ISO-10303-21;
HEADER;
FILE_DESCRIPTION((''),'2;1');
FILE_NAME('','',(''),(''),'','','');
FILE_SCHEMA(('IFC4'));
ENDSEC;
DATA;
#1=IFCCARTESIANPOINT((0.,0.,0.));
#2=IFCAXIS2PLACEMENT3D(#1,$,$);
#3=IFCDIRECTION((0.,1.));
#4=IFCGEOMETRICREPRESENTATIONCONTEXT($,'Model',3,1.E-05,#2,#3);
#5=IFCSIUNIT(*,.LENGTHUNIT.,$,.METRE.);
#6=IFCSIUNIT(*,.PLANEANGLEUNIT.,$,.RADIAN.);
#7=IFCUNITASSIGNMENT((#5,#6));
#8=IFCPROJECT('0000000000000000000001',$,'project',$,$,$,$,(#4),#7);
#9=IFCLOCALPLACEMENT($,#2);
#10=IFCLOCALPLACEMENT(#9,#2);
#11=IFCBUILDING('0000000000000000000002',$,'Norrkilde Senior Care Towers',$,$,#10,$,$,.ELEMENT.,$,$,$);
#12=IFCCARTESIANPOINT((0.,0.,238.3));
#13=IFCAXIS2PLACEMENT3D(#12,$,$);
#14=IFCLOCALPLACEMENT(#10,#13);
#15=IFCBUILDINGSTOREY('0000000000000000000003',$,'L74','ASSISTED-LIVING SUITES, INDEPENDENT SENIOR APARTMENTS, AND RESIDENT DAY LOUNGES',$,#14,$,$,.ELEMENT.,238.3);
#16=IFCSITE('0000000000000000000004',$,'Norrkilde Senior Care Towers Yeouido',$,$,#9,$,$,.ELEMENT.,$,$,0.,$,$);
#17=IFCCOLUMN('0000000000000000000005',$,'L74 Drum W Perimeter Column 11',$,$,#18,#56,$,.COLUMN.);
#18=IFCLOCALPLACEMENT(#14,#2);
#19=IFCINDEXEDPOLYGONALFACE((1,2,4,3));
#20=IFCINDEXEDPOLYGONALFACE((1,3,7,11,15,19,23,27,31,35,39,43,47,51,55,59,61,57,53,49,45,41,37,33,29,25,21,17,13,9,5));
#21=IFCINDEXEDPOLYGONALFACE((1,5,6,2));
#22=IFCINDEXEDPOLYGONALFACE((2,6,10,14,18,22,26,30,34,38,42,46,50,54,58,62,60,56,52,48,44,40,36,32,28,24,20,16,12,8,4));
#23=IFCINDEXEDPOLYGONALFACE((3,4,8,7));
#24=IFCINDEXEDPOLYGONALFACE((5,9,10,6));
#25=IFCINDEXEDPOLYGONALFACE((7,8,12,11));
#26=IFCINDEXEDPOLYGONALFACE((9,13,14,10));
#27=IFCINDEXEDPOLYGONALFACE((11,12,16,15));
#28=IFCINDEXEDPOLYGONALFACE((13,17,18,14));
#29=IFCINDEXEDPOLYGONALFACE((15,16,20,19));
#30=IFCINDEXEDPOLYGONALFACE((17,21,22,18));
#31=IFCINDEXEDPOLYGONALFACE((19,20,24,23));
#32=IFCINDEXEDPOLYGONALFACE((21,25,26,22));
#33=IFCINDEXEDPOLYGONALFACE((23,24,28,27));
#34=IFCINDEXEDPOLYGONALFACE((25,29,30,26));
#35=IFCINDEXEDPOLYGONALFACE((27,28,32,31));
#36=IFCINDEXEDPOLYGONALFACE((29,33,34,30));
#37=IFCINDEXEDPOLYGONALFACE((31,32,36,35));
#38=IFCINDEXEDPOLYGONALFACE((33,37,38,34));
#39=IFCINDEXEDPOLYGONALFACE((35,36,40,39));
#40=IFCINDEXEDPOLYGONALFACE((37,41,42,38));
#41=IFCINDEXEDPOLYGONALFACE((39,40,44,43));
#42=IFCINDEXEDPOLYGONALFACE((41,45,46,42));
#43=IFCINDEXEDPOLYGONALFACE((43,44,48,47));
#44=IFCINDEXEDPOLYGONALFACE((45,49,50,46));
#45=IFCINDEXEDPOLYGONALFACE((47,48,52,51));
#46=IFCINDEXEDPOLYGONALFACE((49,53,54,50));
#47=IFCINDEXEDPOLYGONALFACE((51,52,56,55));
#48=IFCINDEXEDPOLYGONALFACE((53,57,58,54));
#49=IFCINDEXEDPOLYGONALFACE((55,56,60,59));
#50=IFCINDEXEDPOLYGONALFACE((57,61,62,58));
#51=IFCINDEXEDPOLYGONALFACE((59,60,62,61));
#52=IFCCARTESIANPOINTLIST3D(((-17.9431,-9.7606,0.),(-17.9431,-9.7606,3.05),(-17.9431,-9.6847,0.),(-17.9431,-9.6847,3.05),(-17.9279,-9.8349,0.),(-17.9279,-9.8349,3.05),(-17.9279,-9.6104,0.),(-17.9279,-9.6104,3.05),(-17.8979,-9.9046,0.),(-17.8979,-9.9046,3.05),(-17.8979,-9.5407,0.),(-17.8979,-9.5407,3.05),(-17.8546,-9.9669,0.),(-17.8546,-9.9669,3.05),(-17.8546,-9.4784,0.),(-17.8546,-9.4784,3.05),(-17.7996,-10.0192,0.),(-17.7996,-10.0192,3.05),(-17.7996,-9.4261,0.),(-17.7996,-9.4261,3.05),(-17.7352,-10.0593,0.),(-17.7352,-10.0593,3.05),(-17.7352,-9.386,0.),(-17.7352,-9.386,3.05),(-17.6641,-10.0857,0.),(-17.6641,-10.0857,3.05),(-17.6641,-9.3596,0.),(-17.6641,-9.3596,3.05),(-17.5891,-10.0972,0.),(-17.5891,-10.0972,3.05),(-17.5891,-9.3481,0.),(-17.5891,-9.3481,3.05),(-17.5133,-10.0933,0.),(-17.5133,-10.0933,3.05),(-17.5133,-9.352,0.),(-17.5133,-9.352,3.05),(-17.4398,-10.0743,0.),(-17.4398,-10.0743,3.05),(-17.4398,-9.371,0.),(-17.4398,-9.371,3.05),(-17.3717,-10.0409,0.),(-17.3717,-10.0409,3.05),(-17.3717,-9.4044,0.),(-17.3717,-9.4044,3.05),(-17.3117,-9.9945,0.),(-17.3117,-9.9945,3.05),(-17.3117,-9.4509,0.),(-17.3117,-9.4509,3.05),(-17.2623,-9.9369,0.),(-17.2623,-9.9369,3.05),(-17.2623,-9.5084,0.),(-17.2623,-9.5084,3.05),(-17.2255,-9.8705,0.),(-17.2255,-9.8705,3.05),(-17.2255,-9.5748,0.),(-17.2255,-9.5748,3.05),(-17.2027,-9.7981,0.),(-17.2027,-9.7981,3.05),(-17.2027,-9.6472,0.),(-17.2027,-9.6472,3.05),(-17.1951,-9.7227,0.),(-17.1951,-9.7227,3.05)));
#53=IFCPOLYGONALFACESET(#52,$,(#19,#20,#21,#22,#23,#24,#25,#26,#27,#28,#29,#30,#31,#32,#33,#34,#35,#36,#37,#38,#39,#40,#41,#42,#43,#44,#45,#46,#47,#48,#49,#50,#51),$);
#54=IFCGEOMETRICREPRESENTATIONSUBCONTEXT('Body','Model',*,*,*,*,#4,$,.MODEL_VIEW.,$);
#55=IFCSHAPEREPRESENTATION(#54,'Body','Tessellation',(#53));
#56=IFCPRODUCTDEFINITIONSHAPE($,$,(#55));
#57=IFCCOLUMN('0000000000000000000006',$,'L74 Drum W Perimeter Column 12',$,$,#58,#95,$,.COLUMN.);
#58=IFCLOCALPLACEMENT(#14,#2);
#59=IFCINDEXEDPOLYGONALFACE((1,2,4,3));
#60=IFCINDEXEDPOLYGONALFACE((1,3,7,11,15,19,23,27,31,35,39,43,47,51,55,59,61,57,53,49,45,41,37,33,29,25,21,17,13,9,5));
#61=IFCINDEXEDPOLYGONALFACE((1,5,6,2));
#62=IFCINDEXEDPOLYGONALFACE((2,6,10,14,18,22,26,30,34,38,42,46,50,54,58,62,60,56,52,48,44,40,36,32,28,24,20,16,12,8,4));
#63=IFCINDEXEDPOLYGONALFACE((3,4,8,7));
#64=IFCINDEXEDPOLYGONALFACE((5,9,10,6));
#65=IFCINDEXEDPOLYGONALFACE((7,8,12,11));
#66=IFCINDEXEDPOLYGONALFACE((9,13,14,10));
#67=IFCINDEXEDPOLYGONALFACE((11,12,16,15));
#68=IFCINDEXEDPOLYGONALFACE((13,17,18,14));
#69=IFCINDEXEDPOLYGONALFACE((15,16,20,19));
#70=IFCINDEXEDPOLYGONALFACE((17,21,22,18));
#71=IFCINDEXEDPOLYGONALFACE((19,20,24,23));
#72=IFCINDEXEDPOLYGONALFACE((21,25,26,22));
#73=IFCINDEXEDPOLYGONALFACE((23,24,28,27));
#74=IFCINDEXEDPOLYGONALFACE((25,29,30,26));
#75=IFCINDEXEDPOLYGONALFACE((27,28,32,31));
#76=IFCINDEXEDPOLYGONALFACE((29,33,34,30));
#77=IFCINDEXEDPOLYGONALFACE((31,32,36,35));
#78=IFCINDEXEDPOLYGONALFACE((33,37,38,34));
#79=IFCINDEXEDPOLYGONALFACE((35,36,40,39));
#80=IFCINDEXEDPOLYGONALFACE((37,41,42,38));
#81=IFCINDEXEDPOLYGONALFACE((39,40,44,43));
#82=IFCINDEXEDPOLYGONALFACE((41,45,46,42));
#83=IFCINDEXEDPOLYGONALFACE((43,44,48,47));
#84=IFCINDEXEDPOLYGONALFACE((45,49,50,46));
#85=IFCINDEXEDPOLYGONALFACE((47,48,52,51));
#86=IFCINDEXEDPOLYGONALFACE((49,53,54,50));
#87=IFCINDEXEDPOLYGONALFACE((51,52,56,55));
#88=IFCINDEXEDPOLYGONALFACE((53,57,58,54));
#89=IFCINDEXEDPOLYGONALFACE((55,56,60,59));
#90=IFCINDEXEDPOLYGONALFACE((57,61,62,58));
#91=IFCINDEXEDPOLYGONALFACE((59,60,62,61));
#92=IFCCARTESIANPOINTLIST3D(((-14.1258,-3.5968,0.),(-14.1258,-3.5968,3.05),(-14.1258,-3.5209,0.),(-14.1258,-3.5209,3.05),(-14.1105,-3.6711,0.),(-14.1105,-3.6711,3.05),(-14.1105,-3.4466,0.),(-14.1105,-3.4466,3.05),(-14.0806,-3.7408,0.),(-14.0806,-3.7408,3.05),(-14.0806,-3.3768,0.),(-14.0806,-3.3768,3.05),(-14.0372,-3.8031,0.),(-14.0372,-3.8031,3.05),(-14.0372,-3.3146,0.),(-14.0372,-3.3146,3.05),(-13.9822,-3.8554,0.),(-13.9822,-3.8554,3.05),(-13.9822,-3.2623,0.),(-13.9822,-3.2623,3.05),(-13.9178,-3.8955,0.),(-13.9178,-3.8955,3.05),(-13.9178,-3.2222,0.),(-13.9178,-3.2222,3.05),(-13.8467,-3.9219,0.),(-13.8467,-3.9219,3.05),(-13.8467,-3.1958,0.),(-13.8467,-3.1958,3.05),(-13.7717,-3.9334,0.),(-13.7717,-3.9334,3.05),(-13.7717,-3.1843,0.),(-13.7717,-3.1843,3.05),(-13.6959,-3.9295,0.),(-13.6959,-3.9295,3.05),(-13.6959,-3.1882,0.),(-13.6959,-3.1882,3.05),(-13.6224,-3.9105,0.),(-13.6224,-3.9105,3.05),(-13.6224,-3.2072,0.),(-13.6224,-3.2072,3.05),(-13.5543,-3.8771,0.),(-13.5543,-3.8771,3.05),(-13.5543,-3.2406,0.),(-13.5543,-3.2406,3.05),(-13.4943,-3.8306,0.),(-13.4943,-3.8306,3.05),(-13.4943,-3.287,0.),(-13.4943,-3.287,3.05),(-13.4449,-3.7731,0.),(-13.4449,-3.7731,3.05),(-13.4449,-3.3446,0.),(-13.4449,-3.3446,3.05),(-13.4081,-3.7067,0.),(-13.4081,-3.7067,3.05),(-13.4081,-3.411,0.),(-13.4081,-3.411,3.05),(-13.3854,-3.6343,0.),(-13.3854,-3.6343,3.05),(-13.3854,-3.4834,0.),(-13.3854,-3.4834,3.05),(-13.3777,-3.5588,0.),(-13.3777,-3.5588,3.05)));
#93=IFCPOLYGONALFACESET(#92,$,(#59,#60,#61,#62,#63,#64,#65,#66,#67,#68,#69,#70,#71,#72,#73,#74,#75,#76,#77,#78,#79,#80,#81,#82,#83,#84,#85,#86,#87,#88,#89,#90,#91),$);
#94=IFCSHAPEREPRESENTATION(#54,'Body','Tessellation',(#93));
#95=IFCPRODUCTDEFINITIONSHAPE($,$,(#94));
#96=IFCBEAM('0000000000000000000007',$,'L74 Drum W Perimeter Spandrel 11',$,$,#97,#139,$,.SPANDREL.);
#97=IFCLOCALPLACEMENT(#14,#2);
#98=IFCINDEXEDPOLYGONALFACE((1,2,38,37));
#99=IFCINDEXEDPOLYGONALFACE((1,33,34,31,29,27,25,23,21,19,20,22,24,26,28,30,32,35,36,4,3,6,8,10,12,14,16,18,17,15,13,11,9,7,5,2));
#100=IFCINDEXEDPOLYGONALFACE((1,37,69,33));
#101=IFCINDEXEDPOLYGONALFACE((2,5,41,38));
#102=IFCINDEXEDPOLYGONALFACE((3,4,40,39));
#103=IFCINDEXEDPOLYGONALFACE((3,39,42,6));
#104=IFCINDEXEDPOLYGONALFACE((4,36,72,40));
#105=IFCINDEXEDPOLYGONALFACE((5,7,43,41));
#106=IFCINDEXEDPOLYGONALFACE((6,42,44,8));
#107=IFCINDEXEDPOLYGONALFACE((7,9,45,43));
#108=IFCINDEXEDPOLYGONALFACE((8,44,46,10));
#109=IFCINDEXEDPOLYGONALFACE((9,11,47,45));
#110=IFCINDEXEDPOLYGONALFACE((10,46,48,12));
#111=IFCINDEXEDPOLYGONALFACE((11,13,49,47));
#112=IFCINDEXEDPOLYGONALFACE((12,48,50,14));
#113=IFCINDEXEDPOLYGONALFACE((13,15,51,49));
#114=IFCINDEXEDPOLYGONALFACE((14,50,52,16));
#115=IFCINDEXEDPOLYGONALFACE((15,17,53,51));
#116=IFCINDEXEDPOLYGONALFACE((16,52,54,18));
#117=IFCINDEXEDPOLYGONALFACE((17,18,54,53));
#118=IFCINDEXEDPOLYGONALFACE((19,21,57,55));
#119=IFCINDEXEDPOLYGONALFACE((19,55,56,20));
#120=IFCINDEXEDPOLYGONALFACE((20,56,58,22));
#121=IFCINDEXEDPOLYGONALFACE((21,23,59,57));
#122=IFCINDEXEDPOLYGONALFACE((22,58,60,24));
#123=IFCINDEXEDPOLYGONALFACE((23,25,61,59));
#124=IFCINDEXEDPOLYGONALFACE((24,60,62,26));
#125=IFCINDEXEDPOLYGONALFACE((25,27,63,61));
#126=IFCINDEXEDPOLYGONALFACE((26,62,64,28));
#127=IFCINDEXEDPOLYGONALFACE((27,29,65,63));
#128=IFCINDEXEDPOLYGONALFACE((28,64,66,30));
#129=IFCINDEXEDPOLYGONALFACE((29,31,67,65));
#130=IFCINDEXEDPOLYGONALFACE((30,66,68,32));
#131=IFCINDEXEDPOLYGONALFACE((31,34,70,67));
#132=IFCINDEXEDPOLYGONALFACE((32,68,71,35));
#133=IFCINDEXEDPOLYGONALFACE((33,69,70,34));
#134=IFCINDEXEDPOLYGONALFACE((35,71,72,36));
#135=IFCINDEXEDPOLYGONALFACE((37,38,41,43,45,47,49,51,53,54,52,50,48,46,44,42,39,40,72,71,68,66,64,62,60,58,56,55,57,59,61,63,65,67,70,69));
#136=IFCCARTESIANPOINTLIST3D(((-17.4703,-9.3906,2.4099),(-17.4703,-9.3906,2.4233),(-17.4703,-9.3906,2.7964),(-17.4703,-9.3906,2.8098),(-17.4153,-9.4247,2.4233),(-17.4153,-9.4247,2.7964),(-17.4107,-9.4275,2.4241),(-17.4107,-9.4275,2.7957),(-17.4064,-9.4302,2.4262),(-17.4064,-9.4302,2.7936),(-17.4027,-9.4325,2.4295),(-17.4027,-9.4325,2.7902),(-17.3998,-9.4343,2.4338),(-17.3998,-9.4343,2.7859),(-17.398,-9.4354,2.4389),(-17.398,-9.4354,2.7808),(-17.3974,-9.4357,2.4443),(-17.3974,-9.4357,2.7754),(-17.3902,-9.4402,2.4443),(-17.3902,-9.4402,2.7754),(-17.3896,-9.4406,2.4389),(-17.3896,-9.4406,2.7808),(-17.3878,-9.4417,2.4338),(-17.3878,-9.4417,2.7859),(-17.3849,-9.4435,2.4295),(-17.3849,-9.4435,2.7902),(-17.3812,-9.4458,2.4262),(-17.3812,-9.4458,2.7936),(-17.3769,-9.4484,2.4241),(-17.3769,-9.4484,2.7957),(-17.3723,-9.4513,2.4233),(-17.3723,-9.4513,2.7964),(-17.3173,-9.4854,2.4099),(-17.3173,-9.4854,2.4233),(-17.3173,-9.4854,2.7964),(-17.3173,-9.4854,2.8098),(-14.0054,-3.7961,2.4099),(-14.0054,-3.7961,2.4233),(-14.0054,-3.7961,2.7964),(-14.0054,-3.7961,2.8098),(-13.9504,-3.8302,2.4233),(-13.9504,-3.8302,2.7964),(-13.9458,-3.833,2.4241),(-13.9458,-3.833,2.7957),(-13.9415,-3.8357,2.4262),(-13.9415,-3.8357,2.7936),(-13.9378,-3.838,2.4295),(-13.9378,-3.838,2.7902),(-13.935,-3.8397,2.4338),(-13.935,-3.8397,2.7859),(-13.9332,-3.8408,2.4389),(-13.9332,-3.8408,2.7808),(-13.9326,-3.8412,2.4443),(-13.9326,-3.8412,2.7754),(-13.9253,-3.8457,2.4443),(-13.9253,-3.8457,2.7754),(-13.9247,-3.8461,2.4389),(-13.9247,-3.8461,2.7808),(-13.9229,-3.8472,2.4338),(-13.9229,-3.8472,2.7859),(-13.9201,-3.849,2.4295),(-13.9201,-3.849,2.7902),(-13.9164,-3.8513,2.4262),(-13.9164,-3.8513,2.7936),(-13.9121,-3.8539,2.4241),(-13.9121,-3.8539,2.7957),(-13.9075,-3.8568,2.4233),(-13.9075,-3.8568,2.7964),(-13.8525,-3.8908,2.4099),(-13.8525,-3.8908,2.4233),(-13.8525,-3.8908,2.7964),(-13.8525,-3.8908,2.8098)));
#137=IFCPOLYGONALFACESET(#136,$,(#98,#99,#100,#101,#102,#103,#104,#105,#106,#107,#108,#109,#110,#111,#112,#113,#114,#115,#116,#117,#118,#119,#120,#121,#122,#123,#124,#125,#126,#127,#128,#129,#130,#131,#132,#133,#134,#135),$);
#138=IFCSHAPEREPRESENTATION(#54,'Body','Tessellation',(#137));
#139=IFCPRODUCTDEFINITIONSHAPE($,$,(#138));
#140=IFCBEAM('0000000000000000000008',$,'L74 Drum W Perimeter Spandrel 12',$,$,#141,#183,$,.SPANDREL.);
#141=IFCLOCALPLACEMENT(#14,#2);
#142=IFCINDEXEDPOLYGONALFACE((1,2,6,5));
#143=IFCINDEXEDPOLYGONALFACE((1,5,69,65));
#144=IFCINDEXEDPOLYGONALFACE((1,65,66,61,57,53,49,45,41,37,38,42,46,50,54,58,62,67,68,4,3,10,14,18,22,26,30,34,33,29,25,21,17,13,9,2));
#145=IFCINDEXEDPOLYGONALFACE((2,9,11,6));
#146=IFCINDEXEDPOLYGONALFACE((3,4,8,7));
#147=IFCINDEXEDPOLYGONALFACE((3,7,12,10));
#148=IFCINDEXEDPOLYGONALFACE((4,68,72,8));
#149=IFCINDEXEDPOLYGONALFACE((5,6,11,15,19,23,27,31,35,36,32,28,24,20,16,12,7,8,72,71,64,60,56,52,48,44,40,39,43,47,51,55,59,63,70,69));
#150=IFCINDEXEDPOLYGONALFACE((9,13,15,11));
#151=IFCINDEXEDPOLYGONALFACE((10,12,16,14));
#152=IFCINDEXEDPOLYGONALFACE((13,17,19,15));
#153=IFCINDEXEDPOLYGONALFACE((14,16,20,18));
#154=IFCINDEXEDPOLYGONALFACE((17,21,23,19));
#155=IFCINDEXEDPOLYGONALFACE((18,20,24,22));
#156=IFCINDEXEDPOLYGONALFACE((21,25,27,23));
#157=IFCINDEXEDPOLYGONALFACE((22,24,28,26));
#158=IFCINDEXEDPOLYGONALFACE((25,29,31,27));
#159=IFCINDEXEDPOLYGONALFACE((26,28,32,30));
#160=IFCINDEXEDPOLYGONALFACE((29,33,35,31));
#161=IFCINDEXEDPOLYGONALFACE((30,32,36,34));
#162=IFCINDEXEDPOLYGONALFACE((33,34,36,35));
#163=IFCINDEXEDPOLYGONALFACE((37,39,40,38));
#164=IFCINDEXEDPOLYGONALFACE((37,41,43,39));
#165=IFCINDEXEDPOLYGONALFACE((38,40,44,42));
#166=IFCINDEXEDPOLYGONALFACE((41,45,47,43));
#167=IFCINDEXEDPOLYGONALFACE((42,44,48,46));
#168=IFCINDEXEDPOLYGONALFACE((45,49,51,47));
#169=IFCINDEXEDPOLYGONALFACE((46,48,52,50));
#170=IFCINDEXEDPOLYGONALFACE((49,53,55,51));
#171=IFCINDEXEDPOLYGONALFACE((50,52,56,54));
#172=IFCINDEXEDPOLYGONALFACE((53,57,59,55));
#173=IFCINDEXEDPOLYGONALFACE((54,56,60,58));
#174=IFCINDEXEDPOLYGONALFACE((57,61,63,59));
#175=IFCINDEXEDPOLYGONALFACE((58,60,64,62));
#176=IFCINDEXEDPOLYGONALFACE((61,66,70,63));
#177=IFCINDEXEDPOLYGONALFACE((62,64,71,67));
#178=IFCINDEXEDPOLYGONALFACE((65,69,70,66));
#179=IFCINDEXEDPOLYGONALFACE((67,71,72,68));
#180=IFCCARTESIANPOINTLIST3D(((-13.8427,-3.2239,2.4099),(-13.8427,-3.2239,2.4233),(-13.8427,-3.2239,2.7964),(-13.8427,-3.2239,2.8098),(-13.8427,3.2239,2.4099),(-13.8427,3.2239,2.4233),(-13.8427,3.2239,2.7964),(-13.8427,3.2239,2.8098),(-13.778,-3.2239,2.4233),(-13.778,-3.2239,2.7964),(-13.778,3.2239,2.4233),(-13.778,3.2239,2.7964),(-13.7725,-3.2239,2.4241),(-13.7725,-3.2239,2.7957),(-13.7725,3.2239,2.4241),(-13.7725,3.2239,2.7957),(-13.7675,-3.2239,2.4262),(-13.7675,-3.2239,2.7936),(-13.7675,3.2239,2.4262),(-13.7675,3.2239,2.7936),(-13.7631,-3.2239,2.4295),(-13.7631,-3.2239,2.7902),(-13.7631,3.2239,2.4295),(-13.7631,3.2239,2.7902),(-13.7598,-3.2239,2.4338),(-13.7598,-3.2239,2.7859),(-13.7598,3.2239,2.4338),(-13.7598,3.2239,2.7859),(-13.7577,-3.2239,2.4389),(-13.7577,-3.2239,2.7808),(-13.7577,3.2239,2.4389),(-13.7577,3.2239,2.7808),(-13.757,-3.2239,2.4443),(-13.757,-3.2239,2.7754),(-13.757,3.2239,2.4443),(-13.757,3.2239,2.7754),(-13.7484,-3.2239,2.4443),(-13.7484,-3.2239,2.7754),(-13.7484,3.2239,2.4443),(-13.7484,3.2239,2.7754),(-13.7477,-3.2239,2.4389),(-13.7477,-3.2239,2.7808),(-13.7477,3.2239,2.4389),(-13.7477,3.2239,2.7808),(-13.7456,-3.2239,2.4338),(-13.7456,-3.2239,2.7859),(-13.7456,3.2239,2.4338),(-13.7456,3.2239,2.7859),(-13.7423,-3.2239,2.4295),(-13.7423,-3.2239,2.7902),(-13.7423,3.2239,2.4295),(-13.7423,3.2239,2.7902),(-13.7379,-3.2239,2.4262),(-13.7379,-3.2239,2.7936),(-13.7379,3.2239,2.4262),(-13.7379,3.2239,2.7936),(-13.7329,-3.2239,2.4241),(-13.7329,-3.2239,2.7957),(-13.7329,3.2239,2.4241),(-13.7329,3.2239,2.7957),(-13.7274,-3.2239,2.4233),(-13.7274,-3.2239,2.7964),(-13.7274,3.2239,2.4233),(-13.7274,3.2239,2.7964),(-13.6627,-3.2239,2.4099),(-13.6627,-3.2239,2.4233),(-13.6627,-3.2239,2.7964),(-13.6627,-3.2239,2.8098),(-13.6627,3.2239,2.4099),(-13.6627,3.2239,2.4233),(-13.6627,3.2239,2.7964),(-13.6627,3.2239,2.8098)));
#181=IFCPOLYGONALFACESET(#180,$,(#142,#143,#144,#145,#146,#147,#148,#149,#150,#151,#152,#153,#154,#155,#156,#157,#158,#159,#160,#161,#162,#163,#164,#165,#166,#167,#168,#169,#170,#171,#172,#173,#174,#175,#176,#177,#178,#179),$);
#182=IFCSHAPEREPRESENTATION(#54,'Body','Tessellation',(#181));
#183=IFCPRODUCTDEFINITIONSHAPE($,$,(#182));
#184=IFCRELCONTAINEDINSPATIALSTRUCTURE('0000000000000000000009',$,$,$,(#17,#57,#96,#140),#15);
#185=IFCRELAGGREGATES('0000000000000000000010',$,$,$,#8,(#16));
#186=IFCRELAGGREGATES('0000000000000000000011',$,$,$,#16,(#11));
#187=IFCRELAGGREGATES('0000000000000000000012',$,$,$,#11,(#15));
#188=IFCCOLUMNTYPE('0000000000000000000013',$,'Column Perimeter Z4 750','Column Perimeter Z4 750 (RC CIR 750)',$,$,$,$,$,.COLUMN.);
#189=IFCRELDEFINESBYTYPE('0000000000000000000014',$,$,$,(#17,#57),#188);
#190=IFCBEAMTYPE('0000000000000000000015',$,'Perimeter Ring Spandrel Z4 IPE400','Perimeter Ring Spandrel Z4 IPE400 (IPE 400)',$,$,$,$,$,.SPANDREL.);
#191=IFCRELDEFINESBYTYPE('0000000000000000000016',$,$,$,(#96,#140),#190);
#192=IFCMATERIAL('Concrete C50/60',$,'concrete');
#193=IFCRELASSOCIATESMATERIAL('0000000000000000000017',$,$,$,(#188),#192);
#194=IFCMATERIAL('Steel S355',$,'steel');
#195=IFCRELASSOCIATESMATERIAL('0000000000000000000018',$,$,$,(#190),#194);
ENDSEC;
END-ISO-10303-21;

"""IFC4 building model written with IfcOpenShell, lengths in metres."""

from ifc_helpers import new_model, si_unit, direction, frame, origin, origin_2d, place, context, subcontext, project, spatial, circle, i_section, extrude, source, transform, mapped, material, material_profile, profile_set, type_object, type_shapes, element, save


model = new_model("IFC4")

# Units and contexts
model_context = context("Model", 3, precision=1e-05, world=origin(), true_north=direction((0.0, 1.0)))
body_context = subcontext(model_context, "Body", "Model", "MODEL_VIEW")
ifc_project = project(units=[si_unit("LENGTHUNIT", "METRE"), si_unit("PLANEANGLEUNIT", "RADIAN")], contexts=[model_context])

# Site, building, storey
site_placement = place(None, origin())
site = spatial("IfcSite", under=ifc_project, at=site_placement, Name="Norrkilde Senior Care Towers Yeouido", CompositionType="ELEMENT", RefElevation=0.0)
building_placement = place(site_placement, origin())
building = spatial("IfcBuilding", under=site, at=building_placement, Name="Norrkilde Senior Care Towers", CompositionType="ELEMENT")
storey_placement = place(building_placement, frame((0.0, 0.0, 238.3)))
storey = spatial("IfcBuildingStorey", under=building, at=storey_placement, Name="L74", Description="ASSISTED-LIVING SUITES, INDEPENDENT SENIOR APARTMENTS, AND RESIDENT DAY LOUNGES", CompositionType="ELEMENT", Elevation=238.3)

# Columns
ifc_material_1 = material(Name="Concrete C50/60", Category="concrete")
ifc_material_profile_1 = material_profile(ifc_material_1, circle(Radius=0.375, at=origin_2d()), Name="RC CIR 750")
ifc_profile_set_1 = profile_set([ifc_material_profile_1], Name="Concrete C50/60")
column_type = type_object("IfcColumnType", Name="Column Perimeter Z4 750", Description="Column Perimeter Z4 750 (RC CIR 750)", PredefinedType="COLUMN", material=ifc_profile_set_1)
shared_shape_1 = source(origin(), body_context, "Body", "SweptSolid", [
    extrude(circle(Radius=0.375, at=origin_2d()), origin(), (0.0, 0.0, 1.0), 3.05),
])
type_shapes(column_type, [shared_shape_1])
for number, where, z_axis, x_axis, name in (
    (1, (-17.5701, -9.7227, 0.0), (0.0, 0.0, 1.0), (1.0, 0.0, 0.0), "L74 Drum W Perimeter Column 11"),
    (2, (-13.7527, -3.5588, 0.0), (0.0, 0.0, 1.0), (1.0, 0.0, 0.0), "L74 Drum W Perimeter Column 12"),
):
    element("IfcColumn", number, at=place(storey_placement, frame(where, z_axis=z_axis, x_axis=x_axis)), inside=storey, type_object=column_type, Name=name, PredefinedType="COLUMN", context=body_context, shape_type="MappedRepresentation", body=[
        mapped(shared_shape_1, transform((0.0, 0.0, 0.0), x_axis=(1.0, 0.0, 0.0), y_axis=(0.0, 1.0, 0.0), z_axis=(0.0, 0.0, 1.0), scale=1.0)),
    ])

# Beams
ifc_material_2 = material(Name="Steel S355", Category="steel")
ifc_material_profile_2 = material_profile(ifc_material_2, i_section(OverallWidth=0.1799, OverallDepth=0.3999, WebThickness=0.0085, FlangeThickness=0.0134, FilletRadius=0.021, at=origin_2d()), Name="IPE 400")
ifc_profile_set_2 = profile_set([ifc_material_profile_2], Name="Steel S355")
beam_type = type_object("IfcBeamType", Name="Perimeter Ring Spandrel Z4 IPE400", Description="Perimeter Ring Spandrel Z4 IPE400 (IPE 400)", PredefinedType="SPANDREL", material=ifc_profile_set_2)
shared_shape_2 = source(origin(), body_context, "Body", "SweptSolid", [
    extrude(i_section(OverallWidth=0.1799, OverallDepth=0.3999, WebThickness=0.0085, FlangeThickness=0.0134, FilletRadius=0.021, at=origin_2d()), origin(), (0.0, 0.0, 1.0), 6.5806),
])
beam_1_placement = place(storey_placement, frame((-17.3938, -9.438, 2.6099), z_axis=(0.52653, 0.850157, 0.0), x_axis=(-0.850157, 0.52653, 0.0)))
element("IfcBeam", 3, at=beam_1_placement, inside=storey, type_object=beam_type, Name="L74 Drum W Perimeter Spandrel 11", PredefinedType="SPANDREL", context=body_context, shape_type="MappedRepresentation", body=[
    mapped(shared_shape_2, transform((0.0, 0.0, 0.0), x_axis=(1.0, 0.0, 0.0), y_axis=(0.0, 1.0, 0.0), z_axis=(0.0, 0.0, 1.0), scale=1.0)),
])
shared_shape_3 = source(origin(), body_context, "Body", "SweptSolid", [
    extrude(i_section(OverallWidth=0.1799, OverallDepth=0.3999, WebThickness=0.0085, FlangeThickness=0.0134, FilletRadius=0.021, at=origin_2d()), origin(), (0.0, 0.0, 1.0), 6.4478),
])
type_shapes(beam_type, [shared_shape_2, shared_shape_3])
beam_2_placement = place(storey_placement, frame((-13.7527, -3.2239, 2.6099), z_axis=(0.0, 1.0, 0.0), x_axis=(-1.0, 0.0, 0.0)))
element("IfcBeam", 4, at=beam_2_placement, inside=storey, type_object=beam_type, Name="L74 Drum W Perimeter Spandrel 12", PredefinedType="SPANDREL", context=body_context, shape_type="MappedRepresentation", body=[
    mapped(shared_shape_3, transform((0.0, 0.0, 0.0), x_axis=(1.0, 0.0, 0.0), y_axis=(0.0, 1.0, 0.0), z_axis=(0.0, 0.0, 1.0), scale=1.0)),
])

save(model, "model.ifc")
